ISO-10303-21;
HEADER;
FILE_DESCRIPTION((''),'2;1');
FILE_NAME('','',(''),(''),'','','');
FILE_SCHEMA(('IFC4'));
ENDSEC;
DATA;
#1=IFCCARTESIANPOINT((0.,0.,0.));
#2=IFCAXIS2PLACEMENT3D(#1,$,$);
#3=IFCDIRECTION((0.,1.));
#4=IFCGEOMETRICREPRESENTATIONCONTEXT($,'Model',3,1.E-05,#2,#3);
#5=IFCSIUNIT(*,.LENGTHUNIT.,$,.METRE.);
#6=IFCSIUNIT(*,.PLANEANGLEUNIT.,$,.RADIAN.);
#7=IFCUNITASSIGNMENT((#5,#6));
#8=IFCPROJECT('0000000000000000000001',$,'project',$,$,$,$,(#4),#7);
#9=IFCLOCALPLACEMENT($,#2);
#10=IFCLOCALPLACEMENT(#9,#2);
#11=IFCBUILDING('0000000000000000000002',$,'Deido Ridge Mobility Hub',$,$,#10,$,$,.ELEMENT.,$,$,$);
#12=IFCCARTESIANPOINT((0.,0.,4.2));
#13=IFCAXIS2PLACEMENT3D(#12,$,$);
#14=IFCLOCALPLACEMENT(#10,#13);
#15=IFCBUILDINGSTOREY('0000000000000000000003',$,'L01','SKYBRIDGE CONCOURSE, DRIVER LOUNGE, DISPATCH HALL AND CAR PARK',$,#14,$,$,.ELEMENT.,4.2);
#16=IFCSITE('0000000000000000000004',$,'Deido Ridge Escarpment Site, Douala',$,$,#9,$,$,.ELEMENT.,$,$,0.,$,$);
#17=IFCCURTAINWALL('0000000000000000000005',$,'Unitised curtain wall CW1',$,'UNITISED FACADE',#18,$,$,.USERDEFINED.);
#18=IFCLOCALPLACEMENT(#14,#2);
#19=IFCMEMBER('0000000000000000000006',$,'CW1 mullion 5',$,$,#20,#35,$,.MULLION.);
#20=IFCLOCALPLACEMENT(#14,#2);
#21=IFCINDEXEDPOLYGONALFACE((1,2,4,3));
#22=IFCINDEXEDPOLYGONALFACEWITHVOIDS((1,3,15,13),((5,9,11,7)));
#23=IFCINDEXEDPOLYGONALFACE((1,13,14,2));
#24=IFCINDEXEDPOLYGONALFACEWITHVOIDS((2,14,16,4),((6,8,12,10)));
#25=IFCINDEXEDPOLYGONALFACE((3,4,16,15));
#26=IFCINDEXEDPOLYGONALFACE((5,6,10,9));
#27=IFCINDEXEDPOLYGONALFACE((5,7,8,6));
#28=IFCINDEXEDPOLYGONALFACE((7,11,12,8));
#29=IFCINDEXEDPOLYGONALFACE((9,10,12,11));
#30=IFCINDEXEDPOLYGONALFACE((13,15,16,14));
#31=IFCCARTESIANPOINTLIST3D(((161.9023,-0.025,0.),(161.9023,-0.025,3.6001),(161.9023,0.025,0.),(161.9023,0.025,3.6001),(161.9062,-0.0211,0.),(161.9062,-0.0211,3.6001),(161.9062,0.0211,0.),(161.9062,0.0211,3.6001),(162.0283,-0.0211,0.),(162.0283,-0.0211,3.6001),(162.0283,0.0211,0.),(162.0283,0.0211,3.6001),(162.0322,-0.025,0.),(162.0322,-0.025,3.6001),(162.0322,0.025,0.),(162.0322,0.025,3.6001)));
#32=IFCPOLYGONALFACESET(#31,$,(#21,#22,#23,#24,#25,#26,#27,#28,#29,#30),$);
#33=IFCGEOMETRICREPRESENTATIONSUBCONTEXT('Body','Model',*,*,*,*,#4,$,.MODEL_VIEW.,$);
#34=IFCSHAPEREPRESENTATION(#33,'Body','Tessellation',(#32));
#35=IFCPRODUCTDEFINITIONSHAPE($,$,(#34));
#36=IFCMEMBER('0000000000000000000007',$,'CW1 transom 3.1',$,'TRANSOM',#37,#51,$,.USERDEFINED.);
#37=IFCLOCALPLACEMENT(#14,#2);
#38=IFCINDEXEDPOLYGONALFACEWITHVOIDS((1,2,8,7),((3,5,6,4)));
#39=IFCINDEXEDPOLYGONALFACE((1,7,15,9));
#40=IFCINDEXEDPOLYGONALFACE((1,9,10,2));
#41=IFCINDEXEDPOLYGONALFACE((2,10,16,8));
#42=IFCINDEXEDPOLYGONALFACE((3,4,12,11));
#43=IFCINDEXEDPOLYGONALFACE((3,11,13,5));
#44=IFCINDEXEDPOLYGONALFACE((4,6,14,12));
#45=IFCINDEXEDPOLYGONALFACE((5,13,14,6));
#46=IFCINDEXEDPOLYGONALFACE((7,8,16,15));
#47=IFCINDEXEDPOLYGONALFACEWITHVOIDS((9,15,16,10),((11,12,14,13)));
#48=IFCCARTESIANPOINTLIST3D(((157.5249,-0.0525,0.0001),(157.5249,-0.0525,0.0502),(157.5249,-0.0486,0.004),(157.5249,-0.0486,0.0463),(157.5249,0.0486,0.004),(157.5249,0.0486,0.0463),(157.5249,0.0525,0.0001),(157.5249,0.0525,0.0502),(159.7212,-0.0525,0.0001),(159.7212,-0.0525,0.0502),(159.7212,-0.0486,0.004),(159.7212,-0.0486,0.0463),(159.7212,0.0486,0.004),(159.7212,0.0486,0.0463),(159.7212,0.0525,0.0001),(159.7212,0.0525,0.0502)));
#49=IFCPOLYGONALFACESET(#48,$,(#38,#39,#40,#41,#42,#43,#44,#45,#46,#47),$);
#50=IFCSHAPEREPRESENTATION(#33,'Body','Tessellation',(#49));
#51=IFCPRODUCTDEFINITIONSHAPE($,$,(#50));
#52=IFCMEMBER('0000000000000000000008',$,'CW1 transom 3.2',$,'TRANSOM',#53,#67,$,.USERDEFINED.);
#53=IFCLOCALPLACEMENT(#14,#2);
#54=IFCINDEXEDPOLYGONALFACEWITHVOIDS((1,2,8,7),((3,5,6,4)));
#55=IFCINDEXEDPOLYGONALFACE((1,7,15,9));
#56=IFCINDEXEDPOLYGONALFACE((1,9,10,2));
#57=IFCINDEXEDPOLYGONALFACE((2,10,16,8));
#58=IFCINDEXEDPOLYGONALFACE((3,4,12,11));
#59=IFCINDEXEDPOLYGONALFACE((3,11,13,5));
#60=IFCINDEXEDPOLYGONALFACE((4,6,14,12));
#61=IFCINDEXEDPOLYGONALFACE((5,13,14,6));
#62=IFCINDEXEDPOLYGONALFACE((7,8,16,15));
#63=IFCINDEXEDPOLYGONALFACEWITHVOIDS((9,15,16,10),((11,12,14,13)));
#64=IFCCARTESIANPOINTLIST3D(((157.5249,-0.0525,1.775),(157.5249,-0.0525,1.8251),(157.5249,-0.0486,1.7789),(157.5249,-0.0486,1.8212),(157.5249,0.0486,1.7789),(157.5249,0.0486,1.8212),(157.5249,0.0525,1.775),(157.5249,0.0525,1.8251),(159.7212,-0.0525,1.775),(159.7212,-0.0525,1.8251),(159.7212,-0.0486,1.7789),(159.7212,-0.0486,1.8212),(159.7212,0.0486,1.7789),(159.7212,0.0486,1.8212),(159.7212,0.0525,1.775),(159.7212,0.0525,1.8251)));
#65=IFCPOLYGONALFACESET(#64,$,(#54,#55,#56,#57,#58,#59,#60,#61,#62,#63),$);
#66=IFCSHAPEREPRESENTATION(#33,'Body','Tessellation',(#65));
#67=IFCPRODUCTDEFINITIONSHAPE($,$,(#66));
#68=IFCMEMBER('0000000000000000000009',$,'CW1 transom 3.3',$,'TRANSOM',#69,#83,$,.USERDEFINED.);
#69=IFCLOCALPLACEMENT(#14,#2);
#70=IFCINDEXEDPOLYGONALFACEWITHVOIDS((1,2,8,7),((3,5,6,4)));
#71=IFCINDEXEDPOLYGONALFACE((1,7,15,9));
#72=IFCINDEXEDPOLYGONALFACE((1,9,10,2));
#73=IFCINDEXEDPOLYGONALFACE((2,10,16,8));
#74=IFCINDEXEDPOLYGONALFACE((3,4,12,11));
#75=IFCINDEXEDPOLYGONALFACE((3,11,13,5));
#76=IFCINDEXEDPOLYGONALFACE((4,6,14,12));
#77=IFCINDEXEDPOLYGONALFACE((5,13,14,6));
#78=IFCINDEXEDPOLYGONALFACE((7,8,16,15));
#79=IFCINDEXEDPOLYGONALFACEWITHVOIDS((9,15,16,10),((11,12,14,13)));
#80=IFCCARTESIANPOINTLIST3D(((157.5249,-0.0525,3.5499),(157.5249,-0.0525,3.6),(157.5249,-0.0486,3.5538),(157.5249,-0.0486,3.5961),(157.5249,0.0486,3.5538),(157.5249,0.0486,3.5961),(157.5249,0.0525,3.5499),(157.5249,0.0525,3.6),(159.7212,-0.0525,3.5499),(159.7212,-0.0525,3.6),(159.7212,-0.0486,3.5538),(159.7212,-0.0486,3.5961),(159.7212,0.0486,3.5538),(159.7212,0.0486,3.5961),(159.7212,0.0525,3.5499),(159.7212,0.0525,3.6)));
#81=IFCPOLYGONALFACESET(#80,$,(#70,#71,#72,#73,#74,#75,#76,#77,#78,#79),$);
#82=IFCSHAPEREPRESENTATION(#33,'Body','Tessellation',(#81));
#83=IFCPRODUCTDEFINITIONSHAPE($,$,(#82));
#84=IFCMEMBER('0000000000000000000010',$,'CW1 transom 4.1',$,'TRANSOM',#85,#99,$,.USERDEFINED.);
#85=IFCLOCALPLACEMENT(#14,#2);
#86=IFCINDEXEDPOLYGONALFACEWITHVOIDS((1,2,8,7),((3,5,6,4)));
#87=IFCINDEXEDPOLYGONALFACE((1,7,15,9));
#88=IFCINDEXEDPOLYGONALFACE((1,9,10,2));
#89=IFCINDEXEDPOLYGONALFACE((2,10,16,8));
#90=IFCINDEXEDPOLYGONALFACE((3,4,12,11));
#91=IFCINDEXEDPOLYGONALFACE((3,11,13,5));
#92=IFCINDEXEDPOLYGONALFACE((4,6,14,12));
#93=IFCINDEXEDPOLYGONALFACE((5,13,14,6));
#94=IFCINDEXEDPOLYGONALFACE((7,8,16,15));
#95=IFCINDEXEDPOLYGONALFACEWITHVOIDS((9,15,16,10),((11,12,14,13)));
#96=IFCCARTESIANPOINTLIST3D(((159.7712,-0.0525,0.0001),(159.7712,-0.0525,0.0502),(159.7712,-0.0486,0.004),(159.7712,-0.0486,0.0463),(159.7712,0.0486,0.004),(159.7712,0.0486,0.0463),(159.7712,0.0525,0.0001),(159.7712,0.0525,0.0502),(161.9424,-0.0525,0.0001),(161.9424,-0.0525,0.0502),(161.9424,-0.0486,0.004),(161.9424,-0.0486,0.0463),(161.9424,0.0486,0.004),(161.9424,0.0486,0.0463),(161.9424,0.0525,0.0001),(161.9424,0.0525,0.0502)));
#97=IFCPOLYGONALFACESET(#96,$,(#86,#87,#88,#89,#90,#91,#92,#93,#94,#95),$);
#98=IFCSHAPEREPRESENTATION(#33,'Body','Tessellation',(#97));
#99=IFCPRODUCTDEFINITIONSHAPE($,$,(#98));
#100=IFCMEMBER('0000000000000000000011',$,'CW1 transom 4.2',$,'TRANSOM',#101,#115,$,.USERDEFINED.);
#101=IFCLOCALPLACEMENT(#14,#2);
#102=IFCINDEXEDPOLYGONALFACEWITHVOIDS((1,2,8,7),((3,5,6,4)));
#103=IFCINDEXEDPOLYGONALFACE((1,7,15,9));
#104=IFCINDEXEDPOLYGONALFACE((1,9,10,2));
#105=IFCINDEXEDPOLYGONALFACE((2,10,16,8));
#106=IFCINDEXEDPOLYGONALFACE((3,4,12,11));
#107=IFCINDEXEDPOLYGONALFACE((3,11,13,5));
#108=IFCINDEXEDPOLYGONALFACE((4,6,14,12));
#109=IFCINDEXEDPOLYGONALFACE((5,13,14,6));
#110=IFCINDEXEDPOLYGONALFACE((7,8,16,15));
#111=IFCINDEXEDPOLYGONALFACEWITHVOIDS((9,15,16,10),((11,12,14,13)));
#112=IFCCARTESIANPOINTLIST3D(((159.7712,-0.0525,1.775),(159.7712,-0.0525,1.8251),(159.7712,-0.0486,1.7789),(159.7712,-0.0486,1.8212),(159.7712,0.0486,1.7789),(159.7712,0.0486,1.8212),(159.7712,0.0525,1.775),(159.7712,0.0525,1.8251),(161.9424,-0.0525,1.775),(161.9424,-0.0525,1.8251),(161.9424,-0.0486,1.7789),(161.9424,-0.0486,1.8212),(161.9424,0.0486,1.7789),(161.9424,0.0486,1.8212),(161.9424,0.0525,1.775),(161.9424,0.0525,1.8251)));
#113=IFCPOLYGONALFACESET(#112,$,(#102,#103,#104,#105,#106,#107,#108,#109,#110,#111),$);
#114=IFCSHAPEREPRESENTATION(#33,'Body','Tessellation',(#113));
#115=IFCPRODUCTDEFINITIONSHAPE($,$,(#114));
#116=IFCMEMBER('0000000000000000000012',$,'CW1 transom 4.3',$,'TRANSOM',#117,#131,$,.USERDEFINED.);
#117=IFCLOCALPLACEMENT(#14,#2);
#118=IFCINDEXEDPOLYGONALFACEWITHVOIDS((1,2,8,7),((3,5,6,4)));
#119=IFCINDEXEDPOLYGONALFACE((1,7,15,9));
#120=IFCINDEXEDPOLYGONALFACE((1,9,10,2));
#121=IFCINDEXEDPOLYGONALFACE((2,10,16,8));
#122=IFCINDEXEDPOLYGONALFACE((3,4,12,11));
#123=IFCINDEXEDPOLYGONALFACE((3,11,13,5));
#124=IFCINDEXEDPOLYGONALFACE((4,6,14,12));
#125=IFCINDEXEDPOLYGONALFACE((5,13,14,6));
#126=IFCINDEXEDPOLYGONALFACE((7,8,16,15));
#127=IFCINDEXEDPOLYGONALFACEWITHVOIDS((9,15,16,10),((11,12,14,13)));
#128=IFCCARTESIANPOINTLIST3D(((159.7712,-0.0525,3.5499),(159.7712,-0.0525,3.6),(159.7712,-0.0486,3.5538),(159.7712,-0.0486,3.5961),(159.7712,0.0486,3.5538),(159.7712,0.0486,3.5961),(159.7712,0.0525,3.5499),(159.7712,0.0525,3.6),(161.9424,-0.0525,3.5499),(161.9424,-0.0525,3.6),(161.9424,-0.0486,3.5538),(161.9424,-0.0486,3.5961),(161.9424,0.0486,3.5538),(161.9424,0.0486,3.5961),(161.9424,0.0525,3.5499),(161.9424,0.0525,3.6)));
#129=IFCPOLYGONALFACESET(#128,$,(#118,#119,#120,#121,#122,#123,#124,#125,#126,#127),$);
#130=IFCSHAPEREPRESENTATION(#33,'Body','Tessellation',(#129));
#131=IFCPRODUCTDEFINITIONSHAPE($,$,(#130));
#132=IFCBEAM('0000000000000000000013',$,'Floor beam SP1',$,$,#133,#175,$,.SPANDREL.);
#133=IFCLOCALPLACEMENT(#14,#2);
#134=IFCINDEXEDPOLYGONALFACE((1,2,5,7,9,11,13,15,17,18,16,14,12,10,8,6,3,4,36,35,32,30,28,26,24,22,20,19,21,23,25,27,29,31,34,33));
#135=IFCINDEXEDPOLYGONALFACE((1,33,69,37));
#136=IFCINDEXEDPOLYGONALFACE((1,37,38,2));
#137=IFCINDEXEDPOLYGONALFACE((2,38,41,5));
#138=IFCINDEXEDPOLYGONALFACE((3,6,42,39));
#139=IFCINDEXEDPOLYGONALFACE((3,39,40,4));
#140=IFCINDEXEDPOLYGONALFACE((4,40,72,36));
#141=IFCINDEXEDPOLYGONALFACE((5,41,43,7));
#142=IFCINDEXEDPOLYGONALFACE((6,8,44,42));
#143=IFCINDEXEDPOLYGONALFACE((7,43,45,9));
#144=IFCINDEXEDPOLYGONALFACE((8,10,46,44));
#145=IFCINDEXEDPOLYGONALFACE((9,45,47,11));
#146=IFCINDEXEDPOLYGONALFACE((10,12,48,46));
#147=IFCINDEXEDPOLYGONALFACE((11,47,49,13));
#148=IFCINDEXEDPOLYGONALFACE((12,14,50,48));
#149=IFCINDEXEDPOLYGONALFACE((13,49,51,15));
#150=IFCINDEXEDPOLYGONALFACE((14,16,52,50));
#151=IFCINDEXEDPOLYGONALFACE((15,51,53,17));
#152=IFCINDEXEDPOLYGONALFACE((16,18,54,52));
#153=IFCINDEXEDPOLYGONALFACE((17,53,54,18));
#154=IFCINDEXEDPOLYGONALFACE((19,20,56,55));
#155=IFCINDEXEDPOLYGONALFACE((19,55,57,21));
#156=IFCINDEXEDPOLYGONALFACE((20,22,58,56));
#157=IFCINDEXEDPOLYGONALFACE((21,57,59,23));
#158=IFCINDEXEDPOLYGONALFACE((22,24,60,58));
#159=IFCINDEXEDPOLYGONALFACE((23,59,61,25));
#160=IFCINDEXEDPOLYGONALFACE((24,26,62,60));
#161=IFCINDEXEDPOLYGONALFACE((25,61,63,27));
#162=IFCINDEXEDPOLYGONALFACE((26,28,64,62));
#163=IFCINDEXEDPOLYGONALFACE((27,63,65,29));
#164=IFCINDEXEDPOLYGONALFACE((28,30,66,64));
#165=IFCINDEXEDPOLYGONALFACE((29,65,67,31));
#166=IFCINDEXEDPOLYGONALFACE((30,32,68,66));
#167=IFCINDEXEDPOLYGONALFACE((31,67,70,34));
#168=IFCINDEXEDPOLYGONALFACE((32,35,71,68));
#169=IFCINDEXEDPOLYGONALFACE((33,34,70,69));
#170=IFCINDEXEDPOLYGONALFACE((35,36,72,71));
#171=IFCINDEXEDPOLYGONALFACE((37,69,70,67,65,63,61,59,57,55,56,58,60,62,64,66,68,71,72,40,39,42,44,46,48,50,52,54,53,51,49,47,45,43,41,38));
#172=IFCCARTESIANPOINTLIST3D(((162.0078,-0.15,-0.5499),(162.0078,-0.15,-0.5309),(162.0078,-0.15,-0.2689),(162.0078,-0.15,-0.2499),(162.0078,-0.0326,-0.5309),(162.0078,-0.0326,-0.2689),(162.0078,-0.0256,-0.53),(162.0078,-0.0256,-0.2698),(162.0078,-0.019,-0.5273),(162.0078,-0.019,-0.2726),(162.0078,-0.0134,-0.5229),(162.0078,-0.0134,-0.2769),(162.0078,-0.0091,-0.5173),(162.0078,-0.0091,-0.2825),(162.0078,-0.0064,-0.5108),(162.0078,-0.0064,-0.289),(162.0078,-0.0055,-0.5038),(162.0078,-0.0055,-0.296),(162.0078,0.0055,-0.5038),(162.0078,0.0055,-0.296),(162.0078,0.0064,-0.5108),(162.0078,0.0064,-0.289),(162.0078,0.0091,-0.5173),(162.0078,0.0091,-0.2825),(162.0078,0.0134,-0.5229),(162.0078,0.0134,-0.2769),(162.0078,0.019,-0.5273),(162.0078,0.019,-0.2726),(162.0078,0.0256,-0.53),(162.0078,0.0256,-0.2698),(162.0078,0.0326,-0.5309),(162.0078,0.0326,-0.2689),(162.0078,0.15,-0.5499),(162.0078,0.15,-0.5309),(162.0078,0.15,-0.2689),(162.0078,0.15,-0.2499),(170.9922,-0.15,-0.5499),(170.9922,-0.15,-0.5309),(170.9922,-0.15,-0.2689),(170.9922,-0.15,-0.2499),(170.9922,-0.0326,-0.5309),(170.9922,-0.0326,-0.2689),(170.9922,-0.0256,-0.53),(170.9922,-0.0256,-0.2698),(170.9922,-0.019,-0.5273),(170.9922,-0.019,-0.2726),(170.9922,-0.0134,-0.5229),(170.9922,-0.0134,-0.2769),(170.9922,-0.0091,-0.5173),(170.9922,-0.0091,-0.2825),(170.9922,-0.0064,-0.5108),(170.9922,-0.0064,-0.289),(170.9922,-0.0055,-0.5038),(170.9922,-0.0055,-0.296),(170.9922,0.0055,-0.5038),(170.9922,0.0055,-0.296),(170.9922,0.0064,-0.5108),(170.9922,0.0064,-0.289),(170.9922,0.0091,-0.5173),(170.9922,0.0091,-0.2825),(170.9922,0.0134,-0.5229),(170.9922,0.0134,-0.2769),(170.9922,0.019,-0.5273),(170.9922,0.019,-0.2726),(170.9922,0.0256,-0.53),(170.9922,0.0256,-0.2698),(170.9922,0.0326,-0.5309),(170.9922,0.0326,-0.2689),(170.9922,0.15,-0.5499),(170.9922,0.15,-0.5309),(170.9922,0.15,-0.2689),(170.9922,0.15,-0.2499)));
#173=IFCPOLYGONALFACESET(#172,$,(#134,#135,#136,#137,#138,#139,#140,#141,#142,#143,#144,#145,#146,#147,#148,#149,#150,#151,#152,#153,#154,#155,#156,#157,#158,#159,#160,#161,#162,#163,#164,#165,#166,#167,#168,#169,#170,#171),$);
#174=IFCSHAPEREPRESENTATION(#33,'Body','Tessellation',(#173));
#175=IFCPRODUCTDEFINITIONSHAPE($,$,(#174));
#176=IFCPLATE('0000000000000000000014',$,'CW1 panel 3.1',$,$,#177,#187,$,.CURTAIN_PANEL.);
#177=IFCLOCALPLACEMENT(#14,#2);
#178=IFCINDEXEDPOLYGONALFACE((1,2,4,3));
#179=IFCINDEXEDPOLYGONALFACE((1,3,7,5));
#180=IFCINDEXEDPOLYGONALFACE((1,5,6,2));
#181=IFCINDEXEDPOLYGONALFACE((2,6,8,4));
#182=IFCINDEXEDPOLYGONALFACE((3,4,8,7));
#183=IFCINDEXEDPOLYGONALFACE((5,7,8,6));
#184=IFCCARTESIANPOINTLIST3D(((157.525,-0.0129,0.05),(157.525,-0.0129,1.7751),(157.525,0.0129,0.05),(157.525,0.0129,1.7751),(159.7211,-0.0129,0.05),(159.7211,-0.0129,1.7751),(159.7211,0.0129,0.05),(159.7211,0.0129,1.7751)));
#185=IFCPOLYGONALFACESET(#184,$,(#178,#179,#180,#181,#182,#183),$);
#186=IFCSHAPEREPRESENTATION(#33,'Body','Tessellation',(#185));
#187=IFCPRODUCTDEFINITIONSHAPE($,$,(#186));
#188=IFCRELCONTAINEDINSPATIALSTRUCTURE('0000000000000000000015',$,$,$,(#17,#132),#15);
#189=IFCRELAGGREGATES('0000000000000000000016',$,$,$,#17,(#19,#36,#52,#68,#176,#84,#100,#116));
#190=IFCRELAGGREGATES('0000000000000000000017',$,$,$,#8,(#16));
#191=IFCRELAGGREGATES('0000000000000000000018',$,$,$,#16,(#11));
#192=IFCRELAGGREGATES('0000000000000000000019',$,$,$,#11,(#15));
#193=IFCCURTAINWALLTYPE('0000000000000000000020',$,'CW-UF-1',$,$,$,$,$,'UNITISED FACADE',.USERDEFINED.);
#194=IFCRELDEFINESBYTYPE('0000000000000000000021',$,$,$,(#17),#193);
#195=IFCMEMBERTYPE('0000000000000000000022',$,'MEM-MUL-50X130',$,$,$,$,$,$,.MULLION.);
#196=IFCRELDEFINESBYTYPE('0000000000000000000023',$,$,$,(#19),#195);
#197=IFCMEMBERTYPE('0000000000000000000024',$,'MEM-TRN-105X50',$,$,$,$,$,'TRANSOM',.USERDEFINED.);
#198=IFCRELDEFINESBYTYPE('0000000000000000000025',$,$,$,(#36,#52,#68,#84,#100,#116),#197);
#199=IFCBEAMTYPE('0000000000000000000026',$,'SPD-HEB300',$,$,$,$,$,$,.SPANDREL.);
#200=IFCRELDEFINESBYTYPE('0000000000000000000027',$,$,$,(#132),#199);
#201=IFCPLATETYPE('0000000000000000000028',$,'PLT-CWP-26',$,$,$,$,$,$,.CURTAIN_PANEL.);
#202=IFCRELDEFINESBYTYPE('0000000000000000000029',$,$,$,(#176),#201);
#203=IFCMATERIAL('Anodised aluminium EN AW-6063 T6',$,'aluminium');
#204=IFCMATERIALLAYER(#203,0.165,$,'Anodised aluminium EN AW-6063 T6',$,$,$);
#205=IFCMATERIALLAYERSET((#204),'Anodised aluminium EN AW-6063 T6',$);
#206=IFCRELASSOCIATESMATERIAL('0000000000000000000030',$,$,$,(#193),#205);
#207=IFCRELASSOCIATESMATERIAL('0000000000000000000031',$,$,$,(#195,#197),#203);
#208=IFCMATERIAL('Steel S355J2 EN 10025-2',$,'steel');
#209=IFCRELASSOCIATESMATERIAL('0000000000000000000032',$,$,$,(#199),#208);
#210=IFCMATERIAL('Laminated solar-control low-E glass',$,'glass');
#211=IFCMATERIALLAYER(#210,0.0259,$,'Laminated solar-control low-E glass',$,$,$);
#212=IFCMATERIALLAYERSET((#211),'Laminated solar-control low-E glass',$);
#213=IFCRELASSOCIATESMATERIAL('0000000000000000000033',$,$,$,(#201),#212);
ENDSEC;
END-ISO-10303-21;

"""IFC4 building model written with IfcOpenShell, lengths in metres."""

from ifc_helpers import new_model, si_unit, direction, frame, origin, origin_2d, place, context, subcontext, project, spatial, rectangle, hollow_rectangle, i_section, extrude, material, layer, layer_set, material_profile, profile_set, type_object, element, aggregate, save


model = new_model("IFC4")

# Units and contexts
model_context = context("Model", 3, precision=1e-05, world=origin(), true_north=direction((0.0, 1.0)))
body_context = subcontext(model_context, "Body", "Model", "MODEL_VIEW")
ifc_project = project(units=[si_unit("LENGTHUNIT", "METRE"), si_unit("PLANEANGLEUNIT", "RADIAN")], contexts=[model_context])

# Site, building, storey
site_placement = place(None, origin())
site = spatial("IfcSite", under=ifc_project, at=site_placement, Name="Deido Ridge Escarpment Site, Douala", CompositionType="ELEMENT", RefElevation=0.0)
building_placement = place(site_placement, origin())
building = spatial("IfcBuilding", under=site, at=building_placement, Name="Deido Ridge Mobility Hub", CompositionType="ELEMENT")
storey_placement = place(building_placement, frame((0.0, 0.0, 4.2)))
storey = spatial("IfcBuildingStorey", under=building, at=storey_placement, Name="L01", Description="SKYBRIDGE CONCOURSE, DRIVER LOUNGE, DISPATCH HALL AND CAR PARK", CompositionType="ELEMENT", Elevation=4.2)

# Shared definitions
ifc_material_1 = material(Name="Steel S355J2 EN 10025-2", Category="steel")

# Curtain wall, members
ifc_material_2 = material(Name="Anodised aluminium EN AW-6063 T6", Category="aluminium")
ifc_layer_1 = layer(ifc_material_2, 0.165, Name="Anodised aluminium EN AW-6063 T6")
ifc_layer_set_1 = layer_set([ifc_layer_1], Name="Anodised aluminium EN AW-6063 T6")
curtain_wall_type = type_object("IfcCurtainWallType", Name="CW-UF-1", ElementType="UNITISED FACADE", PredefinedType="USERDEFINED", material=ifc_layer_set_1)
curtain_wall_placement = place(storey_placement, origin())
curtain_wall = element("IfcCurtainWall", 1, at=curtain_wall_placement, inside=storey, type_object=curtain_wall_type, Name="Unitised curtain wall CW1", ObjectType="UNITISED FACADE", PredefinedType="USERDEFINED")
ifc_material_profile_1 = material_profile(ifc_material_2, hollow_rectangle(XDim=0.05, YDim=0.1299, WallThickness=0.0039, at=origin_2d()), Name="RHS 50x130x4")
ifc_profile_set_1 = profile_set([ifc_material_profile_1], Name="Anodised aluminium EN AW-6063 T6")
member_type_1 = type_object("IfcMemberType", Name="MEM-MUL-50X130", PredefinedType="MULLION", material=ifc_profile_set_1)
member_1_placement = place(storey_placement, frame((161.9673, 0.0, 0.0), z_axis=(0.0, 0.0, 1.0), x_axis=(0.0, 1.0, 0.0)))
member_1 = element("IfcMember", 2, at=member_1_placement, type_object=member_type_1, Name="CW1 mullion 5", PredefinedType="MULLION", context=body_context, shape_type="SweptSolid", body=[
    extrude(hollow_rectangle(XDim=0.05, YDim=0.1299, WallThickness=0.0039, at=origin_2d()), origin(), (0.0, 0.0, 1.0), 3.6001),
])
ifc_material_profile_2 = material_profile(ifc_material_2, hollow_rectangle(XDim=0.105, YDim=0.05, WallThickness=0.0039, at=origin_2d()), Name="RHS 105x50x4")
ifc_profile_set_2 = profile_set([ifc_material_profile_2], Name="Anodised aluminium EN AW-6063 T6")
member_type_2 = type_object("IfcMemberType", Name="MEM-TRN-105X50", ElementType="TRANSOM", PredefinedType="USERDEFINED", material=ifc_profile_set_2)
member_2_placement = place(storey_placement, frame((157.5249, 0.0, 0.0251), z_axis=(1.0, 0.0, 0.0), x_axis=(0.0, 1.0, 0.0)))
member_2 = element("IfcMember", 3, at=member_2_placement, type_object=member_type_2, Name="CW1 transom 3.1", ObjectType="TRANSOM", PredefinedType="USERDEFINED", context=body_context, shape_type="SweptSolid", body=[
    extrude(hollow_rectangle(XDim=0.105, YDim=0.05, WallThickness=0.0039, at=origin_2d()), origin(), (0.0, 0.0, 1.0), 2.1963),
])
member_3_placement = place(storey_placement, frame((157.5249, 0.0, 1.8), z_axis=(1.0, 0.0, 0.0), x_axis=(0.0, 1.0, 0.0)))
member_3 = element("IfcMember", 4, at=member_3_placement, type_object=member_type_2, Name="CW1 transom 3.2", ObjectType="TRANSOM", PredefinedType="USERDEFINED", context=body_context, shape_type="SweptSolid", body=[
    extrude(hollow_rectangle(XDim=0.105, YDim=0.05, WallThickness=0.0039, at=origin_2d()), origin(), (0.0, 0.0, 1.0), 2.1963),
])
member_4_placement = place(storey_placement, frame((157.5249, 0.0, 3.575), z_axis=(1.0, 0.0, 0.0), x_axis=(0.0, 1.0, 0.0)))
member_4 = element("IfcMember", 5, at=member_4_placement, type_object=member_type_2, Name="CW1 transom 3.3", ObjectType="TRANSOM", PredefinedType="USERDEFINED", context=body_context, shape_type="SweptSolid", body=[
    extrude(hollow_rectangle(XDim=0.105, YDim=0.05, WallThickness=0.0039, at=origin_2d()), origin(), (0.0, 0.0, 1.0), 2.1963),
])
member_5_placement = place(storey_placement, frame((159.7712, 0.0, 0.0251), z_axis=(1.0, 0.0, 0.0), x_axis=(0.0, 1.0, 0.0)))
member_5 = element("IfcMember", 6, at=member_5_placement, type_object=member_type_2, Name="CW1 transom 4.1", ObjectType="TRANSOM", PredefinedType="USERDEFINED", context=body_context, shape_type="SweptSolid", body=[
    extrude(hollow_rectangle(XDim=0.105, YDim=0.05, WallThickness=0.0039, at=origin_2d()), origin(), (0.0, 0.0, 1.0), 2.1711),
])
member_6_placement = place(storey_placement, frame((159.7712, 0.0, 1.8), z_axis=(1.0, 0.0, 0.0), x_axis=(0.0, 1.0, 0.0)))
member_6 = element("IfcMember", 7, at=member_6_placement, type_object=member_type_2, Name="CW1 transom 4.2", ObjectType="TRANSOM", PredefinedType="USERDEFINED", context=body_context, shape_type="SweptSolid", body=[
    extrude(hollow_rectangle(XDim=0.105, YDim=0.05, WallThickness=0.0039, at=origin_2d()), origin(), (0.0, 0.0, 1.0), 2.1711),
])
member_7_placement = place(storey_placement, frame((159.7712, 0.0, 3.575), z_axis=(1.0, 0.0, 0.0), x_axis=(0.0, 1.0, 0.0)))
member_7 = element("IfcMember", 8, at=member_7_placement, type_object=member_type_2, Name="CW1 transom 4.3", ObjectType="TRANSOM", PredefinedType="USERDEFINED", context=body_context, shape_type="SweptSolid", body=[
    extrude(hollow_rectangle(XDim=0.105, YDim=0.05, WallThickness=0.0039, at=origin_2d()), origin(), (0.0, 0.0, 1.0), 2.1711),
])

# Beam
ifc_material_profile_3 = material_profile(ifc_material_1, i_section(OverallWidth=0.3, OverallDepth=0.3, WebThickness=0.011, FlangeThickness=0.019, FilletRadius=0.0271, at=origin_2d()), Name="HEB 300")
ifc_profile_set_3 = profile_set([ifc_material_profile_3], Name="Steel S355J2 EN 10025-2")
beam_type_1 = type_object("IfcBeamType", Name="SPD-HEB300", PredefinedType="SPANDREL", material=ifc_profile_set_3)
beam_1_placement = place(storey_placement, frame((162.0078, 0.0, -0.3999), z_axis=(1.0, 0.0, 0.0), x_axis=(0.0, 1.0, 0.0)))
element("IfcBeam", 9, at=beam_1_placement, inside=storey, type_object=beam_type_1, Name="Floor beam SP1", PredefinedType="SPANDREL", context=body_context, shape_type="SweptSolid", body=[
    extrude(i_section(OverallWidth=0.3, OverallDepth=0.3, WebThickness=0.011, FlangeThickness=0.019, FilletRadius=0.0271, at=origin_2d()), origin(), (0.0, 0.0, 1.0), 8.9844),
])

# Plate
ifc_material_3 = material(Name="Laminated solar-control low-E glass", Category="glass")
ifc_layer_2 = layer(ifc_material_3, 0.0259, Name="Laminated solar-control low-E glass")
ifc_layer_set_2 = layer_set([ifc_layer_2], Name="Laminated solar-control low-E glass")
plate_type = type_object("IfcPlateType", Name="PLT-CWP-26", PredefinedType="CURTAIN_PANEL", material=ifc_layer_set_2)
plate_1_placement = place(storey_placement, frame((158.623, 0.0, 0.05), z_axis=(0.0, 0.0, 1.0), x_axis=(1.0, 0.0, 0.0)))
plate_1 = element("IfcPlate", 10, at=plate_1_placement, type_object=plate_type, Name="CW1 panel 3.1", PredefinedType="CURTAIN_PANEL", context=body_context, shape_type="SweptSolid", body=[
    extrude(rectangle(XDim=2.196, YDim=0.0259, at=origin_2d()), origin(), (0.0, 0.0, 1.0), 1.7251),
])
aggregate(curtain_wall, [member_1, member_2, member_3, member_4, plate_1, member_5, member_6, member_7])

save(model, "model.ifc")
